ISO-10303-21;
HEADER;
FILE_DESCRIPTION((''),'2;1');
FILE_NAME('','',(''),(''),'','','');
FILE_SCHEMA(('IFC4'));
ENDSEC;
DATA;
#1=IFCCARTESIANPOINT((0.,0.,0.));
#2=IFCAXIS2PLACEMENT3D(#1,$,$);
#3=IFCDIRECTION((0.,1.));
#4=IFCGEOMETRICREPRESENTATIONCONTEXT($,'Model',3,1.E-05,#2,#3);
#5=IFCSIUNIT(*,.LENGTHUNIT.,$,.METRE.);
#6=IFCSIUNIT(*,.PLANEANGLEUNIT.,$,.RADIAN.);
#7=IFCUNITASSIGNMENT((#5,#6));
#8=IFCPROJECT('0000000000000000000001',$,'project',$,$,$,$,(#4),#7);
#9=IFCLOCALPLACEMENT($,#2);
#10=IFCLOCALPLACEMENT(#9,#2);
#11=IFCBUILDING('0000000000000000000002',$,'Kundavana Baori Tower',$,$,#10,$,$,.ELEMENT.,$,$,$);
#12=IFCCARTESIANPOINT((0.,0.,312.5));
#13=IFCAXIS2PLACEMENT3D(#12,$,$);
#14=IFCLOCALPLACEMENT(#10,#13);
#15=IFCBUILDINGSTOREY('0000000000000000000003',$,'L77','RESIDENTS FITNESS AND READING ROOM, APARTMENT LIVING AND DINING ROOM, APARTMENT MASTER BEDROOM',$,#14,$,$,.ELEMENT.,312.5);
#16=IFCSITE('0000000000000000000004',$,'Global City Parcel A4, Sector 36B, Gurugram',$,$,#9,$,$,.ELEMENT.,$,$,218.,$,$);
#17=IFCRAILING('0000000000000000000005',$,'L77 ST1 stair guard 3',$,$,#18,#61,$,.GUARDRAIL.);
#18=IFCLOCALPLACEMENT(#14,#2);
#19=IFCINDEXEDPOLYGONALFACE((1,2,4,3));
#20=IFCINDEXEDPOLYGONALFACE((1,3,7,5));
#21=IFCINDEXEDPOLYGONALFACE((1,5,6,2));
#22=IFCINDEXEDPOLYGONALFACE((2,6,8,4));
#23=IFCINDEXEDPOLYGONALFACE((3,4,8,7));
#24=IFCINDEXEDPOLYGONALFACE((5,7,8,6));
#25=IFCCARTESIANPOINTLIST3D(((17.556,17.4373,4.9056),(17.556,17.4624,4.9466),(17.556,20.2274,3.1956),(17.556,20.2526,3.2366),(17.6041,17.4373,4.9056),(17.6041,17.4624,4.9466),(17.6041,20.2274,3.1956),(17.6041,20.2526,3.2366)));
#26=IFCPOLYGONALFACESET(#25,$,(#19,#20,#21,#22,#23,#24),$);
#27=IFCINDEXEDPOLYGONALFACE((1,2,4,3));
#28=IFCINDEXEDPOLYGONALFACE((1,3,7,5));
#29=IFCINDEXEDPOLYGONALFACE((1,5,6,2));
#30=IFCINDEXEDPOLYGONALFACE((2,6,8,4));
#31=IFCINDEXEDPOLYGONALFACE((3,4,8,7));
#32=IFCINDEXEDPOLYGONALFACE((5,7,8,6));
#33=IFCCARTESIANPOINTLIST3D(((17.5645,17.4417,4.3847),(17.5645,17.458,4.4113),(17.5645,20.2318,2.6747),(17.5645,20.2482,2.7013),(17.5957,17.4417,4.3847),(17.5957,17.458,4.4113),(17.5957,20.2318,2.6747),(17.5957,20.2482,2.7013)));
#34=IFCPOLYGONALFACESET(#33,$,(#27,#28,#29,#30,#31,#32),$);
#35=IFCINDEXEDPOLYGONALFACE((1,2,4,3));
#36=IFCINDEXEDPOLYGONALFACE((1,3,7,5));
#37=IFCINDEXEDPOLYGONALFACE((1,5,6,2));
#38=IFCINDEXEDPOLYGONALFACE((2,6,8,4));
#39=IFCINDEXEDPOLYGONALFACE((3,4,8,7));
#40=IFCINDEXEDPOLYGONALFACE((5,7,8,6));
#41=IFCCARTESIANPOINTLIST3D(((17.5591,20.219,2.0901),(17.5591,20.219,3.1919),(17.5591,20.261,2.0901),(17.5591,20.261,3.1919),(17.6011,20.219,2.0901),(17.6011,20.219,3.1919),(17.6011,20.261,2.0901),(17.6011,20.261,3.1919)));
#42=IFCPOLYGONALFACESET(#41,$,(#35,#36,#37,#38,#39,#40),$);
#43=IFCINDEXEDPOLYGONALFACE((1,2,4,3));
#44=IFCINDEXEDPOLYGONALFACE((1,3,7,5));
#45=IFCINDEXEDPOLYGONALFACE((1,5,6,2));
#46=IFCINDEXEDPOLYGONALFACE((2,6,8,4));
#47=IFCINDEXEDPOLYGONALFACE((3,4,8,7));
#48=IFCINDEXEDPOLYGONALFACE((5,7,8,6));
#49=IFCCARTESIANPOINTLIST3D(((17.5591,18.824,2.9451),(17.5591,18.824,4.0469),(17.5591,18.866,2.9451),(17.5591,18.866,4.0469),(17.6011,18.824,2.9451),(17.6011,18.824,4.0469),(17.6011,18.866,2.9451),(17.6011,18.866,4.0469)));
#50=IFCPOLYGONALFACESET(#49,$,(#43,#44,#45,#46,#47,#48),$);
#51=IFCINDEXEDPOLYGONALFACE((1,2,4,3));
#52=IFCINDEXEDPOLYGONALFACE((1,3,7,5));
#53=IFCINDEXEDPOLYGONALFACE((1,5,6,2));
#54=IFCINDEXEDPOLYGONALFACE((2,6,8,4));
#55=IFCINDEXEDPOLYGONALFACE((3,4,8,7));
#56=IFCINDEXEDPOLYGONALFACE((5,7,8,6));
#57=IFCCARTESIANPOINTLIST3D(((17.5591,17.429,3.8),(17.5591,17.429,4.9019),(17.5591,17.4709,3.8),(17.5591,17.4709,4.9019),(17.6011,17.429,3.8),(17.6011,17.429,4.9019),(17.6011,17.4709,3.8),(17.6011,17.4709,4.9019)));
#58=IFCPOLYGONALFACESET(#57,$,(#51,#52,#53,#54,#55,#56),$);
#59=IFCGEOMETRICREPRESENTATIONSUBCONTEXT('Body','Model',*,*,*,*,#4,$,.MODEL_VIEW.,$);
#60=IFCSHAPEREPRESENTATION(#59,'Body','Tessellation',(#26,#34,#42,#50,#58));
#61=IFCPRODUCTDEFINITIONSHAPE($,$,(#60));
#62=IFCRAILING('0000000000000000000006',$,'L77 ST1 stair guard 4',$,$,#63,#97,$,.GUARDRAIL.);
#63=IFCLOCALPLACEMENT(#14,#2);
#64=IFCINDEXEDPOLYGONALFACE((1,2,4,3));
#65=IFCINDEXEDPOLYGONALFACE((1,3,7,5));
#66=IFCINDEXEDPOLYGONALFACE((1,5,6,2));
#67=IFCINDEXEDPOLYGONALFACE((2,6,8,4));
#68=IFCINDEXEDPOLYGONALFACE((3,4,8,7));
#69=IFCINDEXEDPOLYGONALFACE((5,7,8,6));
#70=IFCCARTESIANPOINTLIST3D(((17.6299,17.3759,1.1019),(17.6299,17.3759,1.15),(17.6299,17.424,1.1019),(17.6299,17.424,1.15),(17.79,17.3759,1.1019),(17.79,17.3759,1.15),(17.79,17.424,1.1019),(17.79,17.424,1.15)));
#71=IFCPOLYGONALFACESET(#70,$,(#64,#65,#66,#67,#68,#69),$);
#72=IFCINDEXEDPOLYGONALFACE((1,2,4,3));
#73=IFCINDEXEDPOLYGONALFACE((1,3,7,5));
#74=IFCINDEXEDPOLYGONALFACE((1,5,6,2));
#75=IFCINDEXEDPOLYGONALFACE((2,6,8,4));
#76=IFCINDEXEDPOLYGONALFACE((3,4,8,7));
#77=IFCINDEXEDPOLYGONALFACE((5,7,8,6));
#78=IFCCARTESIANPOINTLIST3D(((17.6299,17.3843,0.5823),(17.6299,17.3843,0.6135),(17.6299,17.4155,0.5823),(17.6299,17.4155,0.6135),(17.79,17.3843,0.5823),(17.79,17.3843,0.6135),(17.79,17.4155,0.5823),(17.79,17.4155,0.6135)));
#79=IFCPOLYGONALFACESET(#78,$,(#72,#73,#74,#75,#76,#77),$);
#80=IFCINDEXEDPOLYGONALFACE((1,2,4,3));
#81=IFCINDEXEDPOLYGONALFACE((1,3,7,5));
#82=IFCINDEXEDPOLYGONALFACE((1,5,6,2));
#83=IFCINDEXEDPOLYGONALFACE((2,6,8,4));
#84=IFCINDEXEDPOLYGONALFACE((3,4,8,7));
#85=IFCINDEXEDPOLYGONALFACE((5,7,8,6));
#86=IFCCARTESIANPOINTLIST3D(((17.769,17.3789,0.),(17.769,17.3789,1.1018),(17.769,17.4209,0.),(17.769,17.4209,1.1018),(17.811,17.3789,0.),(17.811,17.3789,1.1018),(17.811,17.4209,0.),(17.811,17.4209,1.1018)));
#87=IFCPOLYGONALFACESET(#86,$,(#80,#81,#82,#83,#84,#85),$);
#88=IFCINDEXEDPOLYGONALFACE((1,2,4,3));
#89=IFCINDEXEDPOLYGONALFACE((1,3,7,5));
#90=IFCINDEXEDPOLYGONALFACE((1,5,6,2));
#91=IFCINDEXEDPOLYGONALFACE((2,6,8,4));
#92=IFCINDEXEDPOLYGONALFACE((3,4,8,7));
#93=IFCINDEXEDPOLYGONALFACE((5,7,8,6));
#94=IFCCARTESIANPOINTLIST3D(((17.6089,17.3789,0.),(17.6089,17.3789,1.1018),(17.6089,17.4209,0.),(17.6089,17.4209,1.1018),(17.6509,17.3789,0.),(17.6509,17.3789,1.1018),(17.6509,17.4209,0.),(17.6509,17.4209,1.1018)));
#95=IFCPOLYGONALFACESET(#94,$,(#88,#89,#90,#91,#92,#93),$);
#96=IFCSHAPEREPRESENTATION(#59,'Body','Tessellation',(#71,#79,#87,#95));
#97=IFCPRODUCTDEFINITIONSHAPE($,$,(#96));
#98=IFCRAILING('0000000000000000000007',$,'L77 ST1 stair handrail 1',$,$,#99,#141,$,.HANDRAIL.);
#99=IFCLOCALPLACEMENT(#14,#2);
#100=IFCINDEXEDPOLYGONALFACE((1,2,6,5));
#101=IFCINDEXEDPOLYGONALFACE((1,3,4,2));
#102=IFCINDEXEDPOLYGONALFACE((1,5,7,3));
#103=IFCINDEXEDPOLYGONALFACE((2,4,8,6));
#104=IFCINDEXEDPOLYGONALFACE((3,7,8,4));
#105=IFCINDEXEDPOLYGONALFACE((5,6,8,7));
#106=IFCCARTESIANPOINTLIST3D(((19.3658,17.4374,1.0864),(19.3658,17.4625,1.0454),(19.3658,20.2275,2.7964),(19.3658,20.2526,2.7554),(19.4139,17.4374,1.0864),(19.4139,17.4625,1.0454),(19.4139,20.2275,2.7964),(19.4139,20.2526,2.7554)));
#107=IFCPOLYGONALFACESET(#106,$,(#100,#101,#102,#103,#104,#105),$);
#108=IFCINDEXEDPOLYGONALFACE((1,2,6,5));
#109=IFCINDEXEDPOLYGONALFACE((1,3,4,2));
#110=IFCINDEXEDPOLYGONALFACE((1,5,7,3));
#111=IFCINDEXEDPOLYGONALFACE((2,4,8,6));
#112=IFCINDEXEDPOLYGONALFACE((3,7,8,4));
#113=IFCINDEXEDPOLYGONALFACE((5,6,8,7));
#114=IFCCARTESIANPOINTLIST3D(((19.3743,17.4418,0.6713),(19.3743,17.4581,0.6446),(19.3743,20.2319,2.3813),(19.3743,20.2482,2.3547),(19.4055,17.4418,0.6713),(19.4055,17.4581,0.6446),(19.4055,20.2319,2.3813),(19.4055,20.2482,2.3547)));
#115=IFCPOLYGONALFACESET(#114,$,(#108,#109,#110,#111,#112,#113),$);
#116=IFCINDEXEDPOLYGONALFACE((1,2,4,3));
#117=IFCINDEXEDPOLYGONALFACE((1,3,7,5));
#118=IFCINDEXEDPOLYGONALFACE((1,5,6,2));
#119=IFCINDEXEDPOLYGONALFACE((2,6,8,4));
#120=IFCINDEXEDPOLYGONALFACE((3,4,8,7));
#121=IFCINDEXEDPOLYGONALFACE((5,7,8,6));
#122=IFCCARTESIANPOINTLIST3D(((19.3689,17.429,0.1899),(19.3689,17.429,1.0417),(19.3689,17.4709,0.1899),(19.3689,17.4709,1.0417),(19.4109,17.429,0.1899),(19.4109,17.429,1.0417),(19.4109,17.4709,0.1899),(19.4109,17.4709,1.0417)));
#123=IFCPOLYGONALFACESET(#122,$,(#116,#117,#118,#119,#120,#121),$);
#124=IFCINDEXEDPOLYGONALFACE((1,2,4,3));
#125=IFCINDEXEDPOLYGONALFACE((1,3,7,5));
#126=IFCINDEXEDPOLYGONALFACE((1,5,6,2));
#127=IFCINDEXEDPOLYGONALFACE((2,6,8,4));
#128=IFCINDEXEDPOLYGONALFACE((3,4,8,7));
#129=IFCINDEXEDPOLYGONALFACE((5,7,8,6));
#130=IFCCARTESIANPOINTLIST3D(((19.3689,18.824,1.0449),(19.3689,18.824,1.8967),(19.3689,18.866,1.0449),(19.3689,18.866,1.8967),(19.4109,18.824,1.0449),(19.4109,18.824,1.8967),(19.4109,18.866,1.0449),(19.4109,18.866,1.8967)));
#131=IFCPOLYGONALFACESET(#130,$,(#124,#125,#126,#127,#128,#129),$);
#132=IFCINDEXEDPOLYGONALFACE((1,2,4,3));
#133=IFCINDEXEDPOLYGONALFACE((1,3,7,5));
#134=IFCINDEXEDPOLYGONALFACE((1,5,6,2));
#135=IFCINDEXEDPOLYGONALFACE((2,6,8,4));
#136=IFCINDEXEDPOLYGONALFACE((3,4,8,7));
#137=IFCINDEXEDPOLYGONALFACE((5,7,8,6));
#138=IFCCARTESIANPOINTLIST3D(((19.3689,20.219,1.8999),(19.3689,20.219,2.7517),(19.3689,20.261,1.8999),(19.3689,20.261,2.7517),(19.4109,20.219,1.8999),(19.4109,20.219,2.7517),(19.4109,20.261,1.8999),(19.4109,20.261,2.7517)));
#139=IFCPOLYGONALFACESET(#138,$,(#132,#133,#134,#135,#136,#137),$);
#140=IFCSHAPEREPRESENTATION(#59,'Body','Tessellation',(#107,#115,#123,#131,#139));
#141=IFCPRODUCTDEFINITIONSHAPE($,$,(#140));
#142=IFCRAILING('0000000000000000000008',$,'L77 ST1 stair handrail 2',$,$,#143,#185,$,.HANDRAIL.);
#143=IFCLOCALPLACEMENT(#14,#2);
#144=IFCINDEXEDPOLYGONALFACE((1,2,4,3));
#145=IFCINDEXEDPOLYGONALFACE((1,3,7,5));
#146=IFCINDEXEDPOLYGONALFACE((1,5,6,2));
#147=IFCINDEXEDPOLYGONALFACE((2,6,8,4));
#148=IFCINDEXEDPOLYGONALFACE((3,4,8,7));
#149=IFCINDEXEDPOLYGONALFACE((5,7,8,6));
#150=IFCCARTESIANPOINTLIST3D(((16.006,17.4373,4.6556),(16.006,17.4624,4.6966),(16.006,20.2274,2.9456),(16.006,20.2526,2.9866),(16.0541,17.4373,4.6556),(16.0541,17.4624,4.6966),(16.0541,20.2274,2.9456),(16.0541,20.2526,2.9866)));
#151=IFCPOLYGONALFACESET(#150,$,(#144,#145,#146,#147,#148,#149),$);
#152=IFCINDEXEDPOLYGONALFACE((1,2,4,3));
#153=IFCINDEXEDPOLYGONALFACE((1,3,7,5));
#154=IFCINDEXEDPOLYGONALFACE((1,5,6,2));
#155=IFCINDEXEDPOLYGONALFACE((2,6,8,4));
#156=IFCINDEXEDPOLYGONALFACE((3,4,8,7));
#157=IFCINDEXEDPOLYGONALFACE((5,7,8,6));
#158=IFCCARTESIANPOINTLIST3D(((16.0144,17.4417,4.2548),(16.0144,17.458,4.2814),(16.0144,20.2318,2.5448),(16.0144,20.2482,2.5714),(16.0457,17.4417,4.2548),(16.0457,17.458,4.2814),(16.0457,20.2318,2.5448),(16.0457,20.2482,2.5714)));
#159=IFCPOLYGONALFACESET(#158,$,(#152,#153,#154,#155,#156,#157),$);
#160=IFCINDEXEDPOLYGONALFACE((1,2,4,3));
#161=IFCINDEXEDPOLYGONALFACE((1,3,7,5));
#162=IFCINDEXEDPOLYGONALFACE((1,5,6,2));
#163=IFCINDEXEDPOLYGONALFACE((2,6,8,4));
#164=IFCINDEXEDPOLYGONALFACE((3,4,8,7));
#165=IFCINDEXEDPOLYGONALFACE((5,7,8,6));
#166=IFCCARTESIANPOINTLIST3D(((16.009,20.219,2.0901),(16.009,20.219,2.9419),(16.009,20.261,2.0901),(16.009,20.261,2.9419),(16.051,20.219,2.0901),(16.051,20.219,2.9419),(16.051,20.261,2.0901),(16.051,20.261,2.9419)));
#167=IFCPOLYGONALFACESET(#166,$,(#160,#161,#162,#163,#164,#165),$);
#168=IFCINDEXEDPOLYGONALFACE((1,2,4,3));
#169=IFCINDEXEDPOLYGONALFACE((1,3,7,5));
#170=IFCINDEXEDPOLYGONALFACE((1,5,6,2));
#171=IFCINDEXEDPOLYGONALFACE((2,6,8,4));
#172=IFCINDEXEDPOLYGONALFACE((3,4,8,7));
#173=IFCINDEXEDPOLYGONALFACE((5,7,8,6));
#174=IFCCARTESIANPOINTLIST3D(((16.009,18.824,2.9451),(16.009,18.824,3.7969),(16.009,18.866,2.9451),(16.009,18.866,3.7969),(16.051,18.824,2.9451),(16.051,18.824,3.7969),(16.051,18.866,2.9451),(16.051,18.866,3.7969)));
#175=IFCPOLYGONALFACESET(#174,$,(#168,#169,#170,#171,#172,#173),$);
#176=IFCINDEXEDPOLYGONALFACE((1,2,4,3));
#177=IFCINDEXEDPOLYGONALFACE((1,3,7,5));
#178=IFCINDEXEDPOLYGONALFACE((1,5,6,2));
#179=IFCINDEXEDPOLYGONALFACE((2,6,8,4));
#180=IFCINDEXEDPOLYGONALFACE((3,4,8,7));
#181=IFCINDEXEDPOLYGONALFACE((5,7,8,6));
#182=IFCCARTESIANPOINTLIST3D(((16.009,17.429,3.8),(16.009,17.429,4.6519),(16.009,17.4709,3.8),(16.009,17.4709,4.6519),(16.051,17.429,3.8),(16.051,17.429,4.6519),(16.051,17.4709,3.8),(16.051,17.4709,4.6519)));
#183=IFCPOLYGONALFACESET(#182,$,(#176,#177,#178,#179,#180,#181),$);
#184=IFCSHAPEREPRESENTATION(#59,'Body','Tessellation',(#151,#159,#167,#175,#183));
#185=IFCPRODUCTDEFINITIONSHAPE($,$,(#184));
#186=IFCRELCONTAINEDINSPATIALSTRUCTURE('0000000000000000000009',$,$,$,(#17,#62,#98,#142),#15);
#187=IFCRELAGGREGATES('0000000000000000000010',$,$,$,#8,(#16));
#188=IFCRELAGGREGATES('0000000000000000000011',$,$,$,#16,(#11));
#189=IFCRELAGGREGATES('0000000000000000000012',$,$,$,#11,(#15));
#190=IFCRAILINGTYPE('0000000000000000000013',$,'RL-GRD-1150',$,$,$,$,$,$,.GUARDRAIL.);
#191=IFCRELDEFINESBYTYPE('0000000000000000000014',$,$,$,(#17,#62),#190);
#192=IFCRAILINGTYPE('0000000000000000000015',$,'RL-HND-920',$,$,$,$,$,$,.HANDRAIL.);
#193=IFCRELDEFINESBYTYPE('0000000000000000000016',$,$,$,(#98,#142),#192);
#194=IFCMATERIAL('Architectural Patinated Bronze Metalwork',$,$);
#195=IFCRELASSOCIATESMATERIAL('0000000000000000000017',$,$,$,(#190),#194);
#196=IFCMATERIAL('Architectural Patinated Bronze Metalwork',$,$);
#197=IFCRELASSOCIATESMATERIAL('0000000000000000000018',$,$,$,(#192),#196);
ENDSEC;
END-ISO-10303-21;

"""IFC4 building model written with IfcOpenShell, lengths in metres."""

from ifc_helpers import new_model, si_unit, direction, frame, origin, origin_2d, place, context, subcontext, project, spatial, rectangle, extrude, material, type_object, element, save


model = new_model("IFC4")

# Units and contexts
model_context = context("Model", 3, precision=1e-05, world=origin(), true_north=direction((0.0, 1.0)))
body_context = subcontext(model_context, "Body", "Model", "MODEL_VIEW")
ifc_project = project(units=[si_unit("LENGTHUNIT", "METRE"), si_unit("PLANEANGLEUNIT", "RADIAN")], contexts=[model_context])

# Site, building, storey
site_placement = place(None, origin())
site = spatial("IfcSite", under=ifc_project, at=site_placement, Name="Global City Parcel A4, Sector 36B, Gurugram", CompositionType="ELEMENT", RefElevation=218.0)
building_placement = place(site_placement, origin())
building = spatial("IfcBuilding", under=site, at=building_placement, Name="Kundavana Baori Tower", CompositionType="ELEMENT")
storey_placement = place(building_placement, frame((0.0, 0.0, 312.5)))
storey = spatial("IfcBuildingStorey", under=building, at=storey_placement, Name="L77", Description="RESIDENTS FITNESS AND READING ROOM, APARTMENT LIVING AND DINING ROOM, APARTMENT MASTER BEDROOM", CompositionType="ELEMENT", Elevation=312.5)

# Railings
ifc_material_1 = material(Name="Architectural Patinated Bronze Metalwork")
railing_type_1 = type_object("IfcRailingType", Name="RL-GRD-1150", PredefinedType="GUARDRAIL", material=ifc_material_1)
railing_1_placement = place(storey_placement, frame((17.5801, 20.24, 2.0901)))
element("IfcRailing", 1, at=railing_1_placement, inside=storey, type_object=railing_type_1, Name="L77 ST1 stair guard 3", PredefinedType="GUARDRAIL", context=body_context, shape_type="SweptSolid", body=[
    extrude(rectangle(XDim=0.0481, YDim=0.0481, at=origin_2d()), frame((0.0, 0.0, 1.126), z_axis=(0.0, -0.85261, 0.522548), x_axis=(1.0, 0.0, 0.0)), (0.0, 0.0, 1.0), 3.2725),
    extrude(rectangle(XDim=0.0312, YDim=0.0312, at=origin_2d()), frame((0.0, 0.0, 0.5979), z_axis=(0.0, -0.85261, 0.522548), x_axis=(1.0, 0.0, 0.0)), (0.0, 0.0, 1.0), 3.2725),
    extrude(rectangle(XDim=0.042, YDim=0.042, at=origin_2d()), origin(), (0.0, 0.0, 1.0), 1.1018),
    extrude(rectangle(XDim=0.042, YDim=0.042, at=origin_2d()), frame((0.0, -1.395, 0.855)), (0.0, 0.0, 1.0), 1.1018),
    extrude(rectangle(XDim=0.042, YDim=0.042, at=origin_2d()), frame((0.0, -2.79, 1.71)), (0.0, 0.0, 1.0), 1.1018),
])
railing_2_placement = place(storey_placement, frame((17.79, 17.3999, 0.0)))
element("IfcRailing", 2, at=railing_2_placement, inside=storey, type_object=railing_type_1, Name="L77 ST1 stair guard 4", PredefinedType="GUARDRAIL", context=body_context, shape_type="SweptSolid", body=[
    extrude(rectangle(XDim=0.0481, YDim=0.0481, at=origin_2d()), frame((0.0, 0.0, 1.126), z_axis=(-1.0, 0.0, 0.0), x_axis=(0.0, -1.0, 0.0)), (0.0, 0.0, 1.0), 0.1602),
    extrude(rectangle(XDim=0.0312, YDim=0.0312, at=origin_2d()), frame((0.0, 0.0, 0.5979), z_axis=(-1.0, 0.0, 0.0), x_axis=(0.0, -1.0, 0.0)), (0.0, 0.0, 1.0), 0.1602),
    extrude(rectangle(XDim=0.042, YDim=0.042, at=origin_2d()), origin(), (0.0, 0.0, 1.0), 1.1018),
    extrude(rectangle(XDim=0.042, YDim=0.042, at=origin_2d()), frame((-0.1602, 0.0, 0.0)), (0.0, 0.0, 1.0), 1.1018),
])
ifc_material_2 = material(Name="Architectural Patinated Bronze Metalwork")
railing_type_2 = type_object("IfcRailingType", Name="RL-HND-920", PredefinedType="HANDRAIL", material=ifc_material_2)
railing_3_placement = place(storey_placement, frame((19.3899, 17.45, 0.1899)))
element("IfcRailing", 3, at=railing_3_placement, inside=storey, type_object=railing_type_2, Name="L77 ST1 stair handrail 1", PredefinedType="HANDRAIL", context=body_context, shape_type="SweptSolid", body=[
    extrude(rectangle(XDim=0.0481, YDim=0.0481, at=origin_2d()), frame((0.0, 0.0, 0.876), z_axis=(0.0, 0.85261, 0.522548), x_axis=(-1.0, 0.0, 0.0)), (0.0, 0.0, 1.0), 3.2725),
    extrude(rectangle(XDim=0.0312, YDim=0.0312, at=origin_2d()), frame((0.0, 0.0, 0.468), z_axis=(0.0, 0.85261, 0.522548), x_axis=(-1.0, 0.0, 0.0)), (0.0, 0.0, 1.0), 3.2725),
    extrude(rectangle(XDim=0.042, YDim=0.042, at=origin_2d()), origin(), (0.0, 0.0, 1.0), 0.8518),
    extrude(rectangle(XDim=0.042, YDim=0.042, at=origin_2d()), frame((0.0, 1.395, 0.855)), (0.0, 0.0, 1.0), 0.8518),
    extrude(rectangle(XDim=0.042, YDim=0.042, at=origin_2d()), frame((0.0, 2.79, 1.71)), (0.0, 0.0, 1.0), 0.8518),
])
railing_4_placement = place(storey_placement, frame((16.03, 20.24, 2.0901)))
element("IfcRailing", 4, at=railing_4_placement, inside=storey, type_object=railing_type_2, Name="L77 ST1 stair handrail 2", PredefinedType="HANDRAIL", context=body_context, shape_type="SweptSolid", body=[
    extrude(rectangle(XDim=0.0481, YDim=0.0481, at=origin_2d()), frame((0.0, 0.0, 0.876), z_axis=(0.0, -0.85261, 0.522548), x_axis=(1.0, 0.0, 0.0)), (0.0, 0.0, 1.0), 3.2725),
    extrude(rectangle(XDim=0.0312, YDim=0.0312, at=origin_2d()), frame((0.0, 0.0, 0.468), z_axis=(0.0, -0.85261, 0.522548), x_axis=(1.0, 0.0, 0.0)), (0.0, 0.0, 1.0), 3.2725),
    extrude(rectangle(XDim=0.042, YDim=0.042, at=origin_2d()), origin(), (0.0, 0.0, 1.0), 0.8518),
    extrude(rectangle(XDim=0.042, YDim=0.042, at=origin_2d()), frame((0.0, -1.395, 0.855)), (0.0, 0.0, 1.0), 0.8518),
    extrude(rectangle(XDim=0.042, YDim=0.042, at=origin_2d()), frame((0.0, -2.79, 1.71)), (0.0, 0.0, 1.0), 0.8518),
])

save(model, "model.ifc")
